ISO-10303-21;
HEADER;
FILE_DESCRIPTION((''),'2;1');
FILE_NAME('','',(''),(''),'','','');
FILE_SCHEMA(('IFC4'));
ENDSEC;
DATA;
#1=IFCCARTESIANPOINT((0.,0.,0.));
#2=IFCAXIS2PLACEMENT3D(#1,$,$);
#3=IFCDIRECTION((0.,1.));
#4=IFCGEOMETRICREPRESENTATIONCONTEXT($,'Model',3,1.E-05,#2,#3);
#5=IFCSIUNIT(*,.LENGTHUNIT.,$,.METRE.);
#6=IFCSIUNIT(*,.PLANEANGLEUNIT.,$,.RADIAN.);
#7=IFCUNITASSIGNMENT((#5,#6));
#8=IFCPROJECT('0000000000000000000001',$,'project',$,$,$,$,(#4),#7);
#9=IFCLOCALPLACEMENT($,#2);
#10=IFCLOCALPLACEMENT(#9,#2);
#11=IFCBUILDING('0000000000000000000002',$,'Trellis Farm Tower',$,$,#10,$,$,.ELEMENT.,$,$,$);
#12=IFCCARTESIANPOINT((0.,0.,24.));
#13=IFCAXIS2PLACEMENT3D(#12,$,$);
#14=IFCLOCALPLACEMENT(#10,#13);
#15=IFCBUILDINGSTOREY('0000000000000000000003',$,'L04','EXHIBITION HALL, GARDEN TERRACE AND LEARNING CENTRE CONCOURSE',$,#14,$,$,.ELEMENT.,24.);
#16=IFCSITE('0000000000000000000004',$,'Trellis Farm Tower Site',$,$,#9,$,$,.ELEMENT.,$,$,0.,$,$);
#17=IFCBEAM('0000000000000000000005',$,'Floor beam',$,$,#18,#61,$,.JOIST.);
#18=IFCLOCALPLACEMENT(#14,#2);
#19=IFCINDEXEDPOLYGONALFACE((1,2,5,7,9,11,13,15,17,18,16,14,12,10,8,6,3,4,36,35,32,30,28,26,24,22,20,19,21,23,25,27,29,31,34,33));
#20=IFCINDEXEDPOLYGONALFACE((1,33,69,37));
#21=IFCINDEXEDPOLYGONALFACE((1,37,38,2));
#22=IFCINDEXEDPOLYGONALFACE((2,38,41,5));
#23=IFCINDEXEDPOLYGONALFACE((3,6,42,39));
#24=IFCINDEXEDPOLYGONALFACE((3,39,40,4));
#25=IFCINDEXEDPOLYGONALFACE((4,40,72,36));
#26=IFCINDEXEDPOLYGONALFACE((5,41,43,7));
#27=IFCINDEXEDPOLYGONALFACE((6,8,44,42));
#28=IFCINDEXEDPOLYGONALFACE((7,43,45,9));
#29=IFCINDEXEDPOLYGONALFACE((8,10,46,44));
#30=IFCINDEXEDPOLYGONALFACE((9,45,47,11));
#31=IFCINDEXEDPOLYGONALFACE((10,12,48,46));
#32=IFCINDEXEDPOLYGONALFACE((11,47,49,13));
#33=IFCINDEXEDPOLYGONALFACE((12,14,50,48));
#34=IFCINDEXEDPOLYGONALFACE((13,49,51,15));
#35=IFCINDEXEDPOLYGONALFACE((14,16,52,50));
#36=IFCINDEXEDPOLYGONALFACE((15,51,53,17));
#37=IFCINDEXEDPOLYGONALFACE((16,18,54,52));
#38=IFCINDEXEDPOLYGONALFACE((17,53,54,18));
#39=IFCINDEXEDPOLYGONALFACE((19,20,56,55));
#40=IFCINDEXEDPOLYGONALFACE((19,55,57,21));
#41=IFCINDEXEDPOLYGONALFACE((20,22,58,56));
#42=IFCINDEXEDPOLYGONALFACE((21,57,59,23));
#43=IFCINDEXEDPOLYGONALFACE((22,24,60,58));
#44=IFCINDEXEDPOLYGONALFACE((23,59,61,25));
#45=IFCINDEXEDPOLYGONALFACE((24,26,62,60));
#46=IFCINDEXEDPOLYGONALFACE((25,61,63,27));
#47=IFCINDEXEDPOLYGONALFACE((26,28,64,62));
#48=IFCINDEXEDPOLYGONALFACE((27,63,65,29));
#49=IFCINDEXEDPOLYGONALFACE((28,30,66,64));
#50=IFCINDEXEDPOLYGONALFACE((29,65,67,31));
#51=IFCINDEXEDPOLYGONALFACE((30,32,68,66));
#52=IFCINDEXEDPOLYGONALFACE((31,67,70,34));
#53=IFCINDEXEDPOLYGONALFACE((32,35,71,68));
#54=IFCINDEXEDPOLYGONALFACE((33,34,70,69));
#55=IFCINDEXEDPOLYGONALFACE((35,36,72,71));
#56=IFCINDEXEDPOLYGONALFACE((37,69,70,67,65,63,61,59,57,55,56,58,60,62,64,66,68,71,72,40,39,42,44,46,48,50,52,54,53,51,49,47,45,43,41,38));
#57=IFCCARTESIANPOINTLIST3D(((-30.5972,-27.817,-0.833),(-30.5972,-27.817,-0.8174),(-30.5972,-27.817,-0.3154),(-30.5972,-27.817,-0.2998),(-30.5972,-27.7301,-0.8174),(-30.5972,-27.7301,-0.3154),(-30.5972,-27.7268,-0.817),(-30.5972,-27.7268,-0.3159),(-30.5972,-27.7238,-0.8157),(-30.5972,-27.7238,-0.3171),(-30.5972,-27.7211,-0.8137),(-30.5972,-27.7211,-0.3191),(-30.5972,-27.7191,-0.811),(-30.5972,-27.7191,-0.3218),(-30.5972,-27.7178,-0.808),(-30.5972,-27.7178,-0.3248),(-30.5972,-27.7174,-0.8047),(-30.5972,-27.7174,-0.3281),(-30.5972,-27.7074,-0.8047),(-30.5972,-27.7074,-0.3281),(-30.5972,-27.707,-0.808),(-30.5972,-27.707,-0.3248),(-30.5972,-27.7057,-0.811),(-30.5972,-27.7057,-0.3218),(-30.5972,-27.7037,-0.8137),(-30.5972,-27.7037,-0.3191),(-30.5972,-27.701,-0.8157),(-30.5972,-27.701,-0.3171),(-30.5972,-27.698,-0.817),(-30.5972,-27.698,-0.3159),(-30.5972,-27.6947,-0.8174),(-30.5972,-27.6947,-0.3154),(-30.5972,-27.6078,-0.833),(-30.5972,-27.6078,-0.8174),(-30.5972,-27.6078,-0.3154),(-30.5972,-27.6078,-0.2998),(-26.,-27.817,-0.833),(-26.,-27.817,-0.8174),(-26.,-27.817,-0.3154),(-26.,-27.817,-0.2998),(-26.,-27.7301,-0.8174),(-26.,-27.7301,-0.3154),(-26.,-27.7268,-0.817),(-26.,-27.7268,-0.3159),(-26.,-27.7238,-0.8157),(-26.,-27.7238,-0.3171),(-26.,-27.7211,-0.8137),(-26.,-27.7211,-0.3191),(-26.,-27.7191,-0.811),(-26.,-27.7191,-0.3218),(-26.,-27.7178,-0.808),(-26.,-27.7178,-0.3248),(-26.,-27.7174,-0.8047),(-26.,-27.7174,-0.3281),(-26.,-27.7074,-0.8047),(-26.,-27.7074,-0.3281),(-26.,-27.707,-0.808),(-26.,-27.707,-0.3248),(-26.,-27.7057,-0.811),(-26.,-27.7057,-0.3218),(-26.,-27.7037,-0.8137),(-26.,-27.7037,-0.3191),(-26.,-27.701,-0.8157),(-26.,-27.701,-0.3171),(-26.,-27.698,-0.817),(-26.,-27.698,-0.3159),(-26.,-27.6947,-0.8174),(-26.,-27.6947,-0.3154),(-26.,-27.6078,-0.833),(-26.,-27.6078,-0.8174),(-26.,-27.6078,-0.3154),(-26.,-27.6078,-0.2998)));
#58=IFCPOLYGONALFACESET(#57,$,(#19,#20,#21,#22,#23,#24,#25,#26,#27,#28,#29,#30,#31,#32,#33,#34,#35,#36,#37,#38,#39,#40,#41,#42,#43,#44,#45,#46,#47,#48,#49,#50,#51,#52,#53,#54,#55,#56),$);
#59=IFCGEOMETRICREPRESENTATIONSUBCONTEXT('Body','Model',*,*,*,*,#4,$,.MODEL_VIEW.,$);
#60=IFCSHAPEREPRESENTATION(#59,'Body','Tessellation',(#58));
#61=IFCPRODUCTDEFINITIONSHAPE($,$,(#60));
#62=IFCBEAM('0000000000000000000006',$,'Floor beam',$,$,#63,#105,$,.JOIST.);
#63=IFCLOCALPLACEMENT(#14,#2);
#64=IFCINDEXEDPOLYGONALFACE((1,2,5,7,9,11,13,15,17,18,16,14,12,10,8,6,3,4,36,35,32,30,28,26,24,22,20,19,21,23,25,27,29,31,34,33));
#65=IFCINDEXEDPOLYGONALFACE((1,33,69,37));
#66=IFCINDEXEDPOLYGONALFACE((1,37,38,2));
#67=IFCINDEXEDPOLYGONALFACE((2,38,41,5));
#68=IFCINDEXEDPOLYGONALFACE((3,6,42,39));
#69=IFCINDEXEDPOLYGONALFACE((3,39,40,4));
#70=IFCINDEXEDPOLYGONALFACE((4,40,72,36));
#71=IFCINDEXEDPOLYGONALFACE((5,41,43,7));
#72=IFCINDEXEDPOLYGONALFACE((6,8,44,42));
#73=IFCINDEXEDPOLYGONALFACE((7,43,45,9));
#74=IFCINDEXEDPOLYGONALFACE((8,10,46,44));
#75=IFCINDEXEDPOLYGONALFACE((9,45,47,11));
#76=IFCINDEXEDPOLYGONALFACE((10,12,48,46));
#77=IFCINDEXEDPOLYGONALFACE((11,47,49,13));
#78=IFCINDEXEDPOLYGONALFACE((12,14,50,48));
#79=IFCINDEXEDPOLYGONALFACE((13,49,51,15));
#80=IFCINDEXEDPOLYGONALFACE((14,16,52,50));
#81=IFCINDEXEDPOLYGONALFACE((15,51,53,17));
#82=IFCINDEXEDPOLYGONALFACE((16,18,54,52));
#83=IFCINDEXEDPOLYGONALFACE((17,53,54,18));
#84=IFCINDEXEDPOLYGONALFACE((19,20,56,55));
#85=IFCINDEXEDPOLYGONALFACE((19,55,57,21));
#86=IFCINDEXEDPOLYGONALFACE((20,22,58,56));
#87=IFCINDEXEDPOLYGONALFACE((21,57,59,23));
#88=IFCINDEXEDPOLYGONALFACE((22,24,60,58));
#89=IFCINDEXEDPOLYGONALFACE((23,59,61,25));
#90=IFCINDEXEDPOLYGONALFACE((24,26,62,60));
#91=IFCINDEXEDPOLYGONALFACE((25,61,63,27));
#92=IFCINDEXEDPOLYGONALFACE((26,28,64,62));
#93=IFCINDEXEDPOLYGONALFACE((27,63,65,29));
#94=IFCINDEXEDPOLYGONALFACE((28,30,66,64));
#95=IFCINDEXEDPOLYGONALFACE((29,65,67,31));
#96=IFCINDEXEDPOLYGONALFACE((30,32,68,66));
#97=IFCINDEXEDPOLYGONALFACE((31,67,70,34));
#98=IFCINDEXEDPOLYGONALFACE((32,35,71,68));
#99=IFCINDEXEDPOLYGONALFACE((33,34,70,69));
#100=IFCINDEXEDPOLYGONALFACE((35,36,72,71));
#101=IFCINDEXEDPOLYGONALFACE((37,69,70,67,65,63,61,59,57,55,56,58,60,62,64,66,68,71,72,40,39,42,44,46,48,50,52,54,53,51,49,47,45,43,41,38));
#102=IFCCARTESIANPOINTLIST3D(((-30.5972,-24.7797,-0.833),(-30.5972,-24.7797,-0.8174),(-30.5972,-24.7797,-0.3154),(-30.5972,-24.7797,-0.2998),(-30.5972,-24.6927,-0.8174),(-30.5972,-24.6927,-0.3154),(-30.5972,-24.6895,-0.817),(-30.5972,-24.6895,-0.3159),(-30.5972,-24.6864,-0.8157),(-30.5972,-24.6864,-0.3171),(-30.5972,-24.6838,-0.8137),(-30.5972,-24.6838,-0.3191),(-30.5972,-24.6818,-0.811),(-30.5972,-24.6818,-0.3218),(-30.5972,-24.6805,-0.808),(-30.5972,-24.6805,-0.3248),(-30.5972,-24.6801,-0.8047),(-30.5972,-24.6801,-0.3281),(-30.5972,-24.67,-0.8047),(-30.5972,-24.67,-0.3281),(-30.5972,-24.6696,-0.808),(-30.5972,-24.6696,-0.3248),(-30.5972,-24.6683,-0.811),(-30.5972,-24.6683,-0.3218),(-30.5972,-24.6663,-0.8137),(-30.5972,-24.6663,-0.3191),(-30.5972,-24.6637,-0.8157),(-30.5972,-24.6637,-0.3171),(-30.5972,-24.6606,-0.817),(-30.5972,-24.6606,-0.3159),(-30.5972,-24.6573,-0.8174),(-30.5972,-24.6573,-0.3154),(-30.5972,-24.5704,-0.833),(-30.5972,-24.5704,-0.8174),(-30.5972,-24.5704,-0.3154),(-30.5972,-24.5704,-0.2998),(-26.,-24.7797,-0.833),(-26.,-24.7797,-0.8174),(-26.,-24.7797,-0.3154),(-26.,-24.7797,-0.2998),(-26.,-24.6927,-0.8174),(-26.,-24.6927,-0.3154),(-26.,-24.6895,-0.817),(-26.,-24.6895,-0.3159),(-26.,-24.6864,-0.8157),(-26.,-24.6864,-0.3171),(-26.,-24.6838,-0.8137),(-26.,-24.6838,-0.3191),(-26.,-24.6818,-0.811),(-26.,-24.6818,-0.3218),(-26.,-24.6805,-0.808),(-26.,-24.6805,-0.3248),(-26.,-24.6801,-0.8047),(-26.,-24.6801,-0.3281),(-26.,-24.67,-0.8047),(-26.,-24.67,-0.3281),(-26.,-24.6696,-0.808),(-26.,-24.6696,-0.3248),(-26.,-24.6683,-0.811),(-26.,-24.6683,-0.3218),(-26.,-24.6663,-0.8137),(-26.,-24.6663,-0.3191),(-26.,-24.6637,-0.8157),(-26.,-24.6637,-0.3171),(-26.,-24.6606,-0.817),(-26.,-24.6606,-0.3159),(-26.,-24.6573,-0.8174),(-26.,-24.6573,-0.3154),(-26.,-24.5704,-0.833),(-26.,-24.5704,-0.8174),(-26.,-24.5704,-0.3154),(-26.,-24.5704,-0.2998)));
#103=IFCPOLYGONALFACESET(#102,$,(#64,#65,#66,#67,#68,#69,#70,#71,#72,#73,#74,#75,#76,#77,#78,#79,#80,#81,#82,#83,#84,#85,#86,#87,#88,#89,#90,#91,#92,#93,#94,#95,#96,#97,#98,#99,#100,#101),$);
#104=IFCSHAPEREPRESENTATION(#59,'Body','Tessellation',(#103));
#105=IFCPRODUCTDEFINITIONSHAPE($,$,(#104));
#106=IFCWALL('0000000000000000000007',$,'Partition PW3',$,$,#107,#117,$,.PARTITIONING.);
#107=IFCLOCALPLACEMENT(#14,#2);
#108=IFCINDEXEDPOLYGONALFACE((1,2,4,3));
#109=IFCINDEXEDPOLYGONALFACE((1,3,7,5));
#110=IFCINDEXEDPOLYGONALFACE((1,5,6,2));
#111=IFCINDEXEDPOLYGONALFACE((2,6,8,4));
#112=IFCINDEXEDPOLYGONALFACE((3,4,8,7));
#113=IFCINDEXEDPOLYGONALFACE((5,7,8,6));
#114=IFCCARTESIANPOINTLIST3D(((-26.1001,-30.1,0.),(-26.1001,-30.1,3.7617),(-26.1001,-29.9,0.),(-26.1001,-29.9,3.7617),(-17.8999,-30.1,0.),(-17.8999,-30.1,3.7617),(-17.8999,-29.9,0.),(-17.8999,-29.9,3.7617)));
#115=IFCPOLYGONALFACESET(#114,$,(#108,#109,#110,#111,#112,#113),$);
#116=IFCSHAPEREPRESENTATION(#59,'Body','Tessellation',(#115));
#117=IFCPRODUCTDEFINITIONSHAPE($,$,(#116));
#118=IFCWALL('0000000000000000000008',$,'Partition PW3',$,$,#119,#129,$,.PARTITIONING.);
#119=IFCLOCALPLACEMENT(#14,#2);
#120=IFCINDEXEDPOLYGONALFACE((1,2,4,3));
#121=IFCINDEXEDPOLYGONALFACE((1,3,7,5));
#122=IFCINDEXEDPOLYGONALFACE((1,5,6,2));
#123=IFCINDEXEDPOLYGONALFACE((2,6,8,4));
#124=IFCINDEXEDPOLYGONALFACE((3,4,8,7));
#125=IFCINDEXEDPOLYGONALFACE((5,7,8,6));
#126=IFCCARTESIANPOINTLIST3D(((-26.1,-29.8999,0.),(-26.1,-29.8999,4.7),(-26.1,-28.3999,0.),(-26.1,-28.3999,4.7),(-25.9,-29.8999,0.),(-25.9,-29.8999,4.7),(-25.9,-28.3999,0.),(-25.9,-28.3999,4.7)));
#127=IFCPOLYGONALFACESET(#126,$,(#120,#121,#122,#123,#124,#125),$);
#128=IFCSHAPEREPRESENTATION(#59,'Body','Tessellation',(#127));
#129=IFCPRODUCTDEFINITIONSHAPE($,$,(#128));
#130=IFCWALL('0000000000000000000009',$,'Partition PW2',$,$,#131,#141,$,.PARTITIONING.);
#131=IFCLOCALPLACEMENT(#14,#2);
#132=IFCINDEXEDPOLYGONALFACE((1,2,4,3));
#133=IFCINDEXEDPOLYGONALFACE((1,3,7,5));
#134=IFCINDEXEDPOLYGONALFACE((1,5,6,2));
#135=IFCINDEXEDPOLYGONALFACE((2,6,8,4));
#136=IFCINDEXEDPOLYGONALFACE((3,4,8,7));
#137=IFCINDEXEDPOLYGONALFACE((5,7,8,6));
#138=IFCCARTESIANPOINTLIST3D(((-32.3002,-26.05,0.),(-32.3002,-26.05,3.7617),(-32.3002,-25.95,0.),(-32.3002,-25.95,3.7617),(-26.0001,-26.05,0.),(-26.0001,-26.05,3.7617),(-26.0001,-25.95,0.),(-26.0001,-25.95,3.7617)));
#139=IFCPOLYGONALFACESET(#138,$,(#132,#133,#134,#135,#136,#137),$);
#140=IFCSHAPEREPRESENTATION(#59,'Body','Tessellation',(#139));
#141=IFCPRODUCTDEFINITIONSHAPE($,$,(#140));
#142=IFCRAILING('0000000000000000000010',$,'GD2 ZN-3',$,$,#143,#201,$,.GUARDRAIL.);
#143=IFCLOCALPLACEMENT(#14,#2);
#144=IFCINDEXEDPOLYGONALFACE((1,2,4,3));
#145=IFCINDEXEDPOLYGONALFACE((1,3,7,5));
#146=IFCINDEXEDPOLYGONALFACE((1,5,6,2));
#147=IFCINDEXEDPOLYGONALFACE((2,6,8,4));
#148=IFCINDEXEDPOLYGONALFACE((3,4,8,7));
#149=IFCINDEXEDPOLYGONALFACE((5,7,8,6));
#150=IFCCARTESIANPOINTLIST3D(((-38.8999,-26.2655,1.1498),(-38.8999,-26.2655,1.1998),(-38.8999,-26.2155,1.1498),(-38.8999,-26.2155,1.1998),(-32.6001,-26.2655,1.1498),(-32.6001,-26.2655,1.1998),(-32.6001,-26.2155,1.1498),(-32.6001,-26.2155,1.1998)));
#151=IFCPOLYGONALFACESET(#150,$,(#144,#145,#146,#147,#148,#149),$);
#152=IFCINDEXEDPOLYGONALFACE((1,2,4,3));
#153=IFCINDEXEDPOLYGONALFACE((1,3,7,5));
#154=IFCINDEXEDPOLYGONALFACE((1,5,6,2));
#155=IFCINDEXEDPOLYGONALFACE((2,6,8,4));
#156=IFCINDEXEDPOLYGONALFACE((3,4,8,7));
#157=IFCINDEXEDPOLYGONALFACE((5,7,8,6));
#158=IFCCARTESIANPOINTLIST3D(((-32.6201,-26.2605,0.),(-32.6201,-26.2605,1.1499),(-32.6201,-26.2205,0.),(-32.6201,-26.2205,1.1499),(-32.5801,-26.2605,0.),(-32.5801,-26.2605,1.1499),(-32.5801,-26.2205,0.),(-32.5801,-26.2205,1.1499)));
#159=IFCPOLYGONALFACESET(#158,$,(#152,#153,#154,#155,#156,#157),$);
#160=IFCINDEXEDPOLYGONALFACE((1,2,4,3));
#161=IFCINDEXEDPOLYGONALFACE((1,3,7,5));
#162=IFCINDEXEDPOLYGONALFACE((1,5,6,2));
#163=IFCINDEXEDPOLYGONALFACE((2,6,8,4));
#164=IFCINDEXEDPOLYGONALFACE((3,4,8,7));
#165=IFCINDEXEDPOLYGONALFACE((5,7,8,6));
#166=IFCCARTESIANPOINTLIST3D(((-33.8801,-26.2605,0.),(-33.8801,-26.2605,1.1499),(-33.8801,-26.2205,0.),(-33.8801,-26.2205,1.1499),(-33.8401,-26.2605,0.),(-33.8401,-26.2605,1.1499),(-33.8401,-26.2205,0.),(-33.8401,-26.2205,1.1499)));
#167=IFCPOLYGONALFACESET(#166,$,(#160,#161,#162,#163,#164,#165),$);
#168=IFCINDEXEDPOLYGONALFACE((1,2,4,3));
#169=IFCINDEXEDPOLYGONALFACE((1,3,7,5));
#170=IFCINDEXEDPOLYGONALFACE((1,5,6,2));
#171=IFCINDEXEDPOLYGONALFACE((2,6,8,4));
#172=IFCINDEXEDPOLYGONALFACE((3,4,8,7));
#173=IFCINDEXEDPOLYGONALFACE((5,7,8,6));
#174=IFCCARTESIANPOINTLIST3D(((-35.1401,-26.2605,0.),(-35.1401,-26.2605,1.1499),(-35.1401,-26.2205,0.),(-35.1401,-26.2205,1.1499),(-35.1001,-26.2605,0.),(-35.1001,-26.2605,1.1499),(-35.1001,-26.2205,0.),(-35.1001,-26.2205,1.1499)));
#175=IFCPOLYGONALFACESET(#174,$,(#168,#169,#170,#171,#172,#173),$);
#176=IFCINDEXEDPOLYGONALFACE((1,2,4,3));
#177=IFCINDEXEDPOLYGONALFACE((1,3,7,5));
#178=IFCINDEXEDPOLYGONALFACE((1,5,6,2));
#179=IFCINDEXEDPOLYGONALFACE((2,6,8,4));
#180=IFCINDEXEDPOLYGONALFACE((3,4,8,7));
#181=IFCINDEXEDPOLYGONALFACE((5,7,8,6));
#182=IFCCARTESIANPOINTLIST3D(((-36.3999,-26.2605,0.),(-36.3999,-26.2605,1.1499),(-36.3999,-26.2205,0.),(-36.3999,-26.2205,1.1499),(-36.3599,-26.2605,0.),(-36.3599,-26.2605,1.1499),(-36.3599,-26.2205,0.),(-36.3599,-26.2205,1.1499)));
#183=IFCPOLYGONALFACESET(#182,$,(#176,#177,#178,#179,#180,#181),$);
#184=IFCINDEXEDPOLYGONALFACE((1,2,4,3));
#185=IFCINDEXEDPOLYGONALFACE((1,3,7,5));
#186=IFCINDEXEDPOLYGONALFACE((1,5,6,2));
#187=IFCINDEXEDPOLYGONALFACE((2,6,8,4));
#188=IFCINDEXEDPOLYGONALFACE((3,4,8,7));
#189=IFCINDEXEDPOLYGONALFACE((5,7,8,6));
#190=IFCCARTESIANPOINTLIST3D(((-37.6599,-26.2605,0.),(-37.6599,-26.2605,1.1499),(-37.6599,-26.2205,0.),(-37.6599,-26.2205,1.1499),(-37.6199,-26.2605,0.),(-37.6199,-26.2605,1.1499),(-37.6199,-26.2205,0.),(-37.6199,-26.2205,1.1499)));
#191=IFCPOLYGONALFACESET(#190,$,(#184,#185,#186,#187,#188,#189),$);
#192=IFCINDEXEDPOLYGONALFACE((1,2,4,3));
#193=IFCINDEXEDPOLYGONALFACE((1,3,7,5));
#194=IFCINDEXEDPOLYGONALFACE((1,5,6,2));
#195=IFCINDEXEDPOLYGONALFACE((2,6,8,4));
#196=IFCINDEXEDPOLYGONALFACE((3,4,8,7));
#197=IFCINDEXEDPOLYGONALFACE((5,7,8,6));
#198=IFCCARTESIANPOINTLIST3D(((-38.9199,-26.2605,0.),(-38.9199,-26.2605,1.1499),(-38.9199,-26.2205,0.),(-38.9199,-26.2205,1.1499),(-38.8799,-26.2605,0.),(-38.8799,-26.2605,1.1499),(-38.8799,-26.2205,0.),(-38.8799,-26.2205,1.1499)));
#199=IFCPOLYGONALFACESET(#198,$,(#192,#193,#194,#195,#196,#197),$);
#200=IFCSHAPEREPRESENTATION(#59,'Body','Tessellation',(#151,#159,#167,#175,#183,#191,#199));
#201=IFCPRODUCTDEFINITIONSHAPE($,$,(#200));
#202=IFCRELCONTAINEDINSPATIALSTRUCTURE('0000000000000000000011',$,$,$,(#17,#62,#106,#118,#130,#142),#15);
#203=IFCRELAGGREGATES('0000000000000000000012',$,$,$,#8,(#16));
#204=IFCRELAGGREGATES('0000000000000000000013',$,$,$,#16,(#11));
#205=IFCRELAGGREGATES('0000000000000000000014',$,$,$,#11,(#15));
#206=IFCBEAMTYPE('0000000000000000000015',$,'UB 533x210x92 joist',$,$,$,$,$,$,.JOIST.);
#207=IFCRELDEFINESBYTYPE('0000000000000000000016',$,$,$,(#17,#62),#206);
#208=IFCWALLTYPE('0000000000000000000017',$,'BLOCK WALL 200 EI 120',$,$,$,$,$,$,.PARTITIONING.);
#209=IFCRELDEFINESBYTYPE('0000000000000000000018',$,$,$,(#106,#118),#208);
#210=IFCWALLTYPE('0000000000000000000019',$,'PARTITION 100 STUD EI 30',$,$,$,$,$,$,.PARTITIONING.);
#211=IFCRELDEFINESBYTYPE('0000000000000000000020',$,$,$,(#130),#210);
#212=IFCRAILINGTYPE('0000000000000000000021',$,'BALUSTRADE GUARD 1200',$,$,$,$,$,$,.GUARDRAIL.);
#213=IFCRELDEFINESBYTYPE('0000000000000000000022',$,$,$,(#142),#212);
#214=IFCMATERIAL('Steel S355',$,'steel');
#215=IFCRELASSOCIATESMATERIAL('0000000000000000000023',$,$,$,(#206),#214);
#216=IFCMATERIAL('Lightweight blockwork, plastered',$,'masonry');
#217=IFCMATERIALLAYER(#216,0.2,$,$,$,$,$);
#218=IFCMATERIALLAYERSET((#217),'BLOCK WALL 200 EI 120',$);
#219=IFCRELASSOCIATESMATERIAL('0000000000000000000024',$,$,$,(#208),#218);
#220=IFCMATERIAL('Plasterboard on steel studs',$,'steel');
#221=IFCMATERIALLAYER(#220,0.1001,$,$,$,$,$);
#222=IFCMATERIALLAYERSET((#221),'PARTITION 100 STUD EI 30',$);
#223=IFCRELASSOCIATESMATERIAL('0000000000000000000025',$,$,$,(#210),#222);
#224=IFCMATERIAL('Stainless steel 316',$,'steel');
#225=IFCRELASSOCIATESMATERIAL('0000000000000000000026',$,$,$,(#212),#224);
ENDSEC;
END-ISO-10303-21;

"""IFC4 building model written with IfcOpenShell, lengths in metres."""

from ifc_helpers import new_model, si_unit, direction, frame, frame_2d, origin, origin_2d, place, context, subcontext, project, spatial, rectangle, i_section, extrude, source, transform, mapped, material, layer, layer_set, material_profile, profile_set, type_object, element, save


model = new_model("IFC4")

# Units and contexts
model_context = context("Model", 3, precision=1e-05, world=origin(), true_north=direction((0.0, 1.0)))
body_context = subcontext(model_context, "Body", "Model", "MODEL_VIEW")
ifc_project = project(units=[si_unit("LENGTHUNIT", "METRE"), si_unit("PLANEANGLEUNIT", "RADIAN")], contexts=[model_context])

# Site, building, storey
site_placement = place(None, origin())
site = spatial("IfcSite", under=ifc_project, at=site_placement, Name="Trellis Farm Tower Site", CompositionType="ELEMENT", RefElevation=0.0)
building_placement = place(site_placement, origin())
building = spatial("IfcBuilding", under=site, at=building_placement, Name="Trellis Farm Tower", CompositionType="ELEMENT")
storey_placement = place(building_placement, frame((0.0, 0.0, 24.0)))
storey = spatial("IfcBuildingStorey", under=building, at=storey_placement, Name="L04", Description="EXHIBITION HALL, GARDEN TERRACE AND LEARNING CENTRE CONCOURSE", CompositionType="ELEMENT", Elevation=24.0)

# Beams
ifc_material_1 = material(Name="Steel S355", Category="steel")
ifc_material_profile_1 = material_profile(ifc_material_1, i_section(OverallWidth=0.2092, OverallDepth=0.5332, WebThickness=0.01, FlangeThickness=0.0156, FilletRadius=0.0127, at=origin_2d()), Name="UB 533x210x92")
ifc_profile_set_1 = profile_set([ifc_material_profile_1], Name="Steel S355")
beam_type_1 = type_object("IfcBeamType", Name="UB 533x210x92 joist", PredefinedType="JOIST", material=ifc_profile_set_1)
shared_shape_1 = source(origin(), body_context, "Body", "SweptSolid", [
    extrude(i_section(OverallWidth=0.2092, OverallDepth=0.5332, WebThickness=0.01, FlangeThickness=0.0156, FilletRadius=0.0127, at=origin_2d()), origin(), (0.0, 0.0, 1.0), 4.5972),
])
for number, where, z_axis, x_axis, name in (
    (1, (-30.5972, -27.7124, -0.5664), (1.0, 0.0, 0.0), (0.0, 1.0, 0.0), "Floor beam"),
    (2, (-30.5972, -24.675, -0.5664), (1.0, 0.0, 0.0), (0.0, 1.0, 0.0), "Floor beam"),
):
    element("IfcBeam", number, at=place(storey_placement, frame(where, z_axis=z_axis, x_axis=x_axis)), inside=storey, type_object=beam_type_1, Name=name, PredefinedType="JOIST", context=body_context, shape_type="MappedRepresentation", body=[
        mapped(shared_shape_1, transform((0.0, 0.0, 0.0))),
    ])

# Walls
ifc_material_2 = material(Name="Lightweight blockwork, plastered", Category="masonry")
ifc_layer_1 = layer(ifc_material_2, 0.2)
ifc_layer_set_1 = layer_set([ifc_layer_1], Name="BLOCK WALL 200 EI 120")
wall_type_1 = type_object("IfcWallType", Name="BLOCK WALL 200 EI 120", PredefinedType="PARTITIONING", material=ifc_layer_set_1)
shared_shape_2 = source(origin(), body_context, "Body", "SweptSolid", [
    extrude(rectangle(XDim=8.2002, YDim=0.2, at=frame_2d((4.1001, 0.0))), origin(), (0.0, 0.0, 1.0), 3.7617),
])
wall_1_placement = place(storey_placement, frame((-26.1001, -30.0, 0.0), z_axis=(0.0, 0.0, 1.0), x_axis=(1.0, 0.0, 0.0)))
element("IfcWall", 3, at=wall_1_placement, inside=storey, type_object=wall_type_1, Name="Partition PW3", PredefinedType="PARTITIONING", context=body_context, shape_type="MappedRepresentation", body=[
    mapped(shared_shape_2, transform((0.0, 0.0, 0.0))),
])
shared_shape_3 = source(origin(), body_context, "Body", "SweptSolid", [
    extrude(rectangle(XDim=1.5, YDim=0.2, at=frame_2d((0.75, 0.0))), origin(), (0.0, 0.0, 1.0), 4.7),
])
wall_2_placement = place(storey_placement, frame((-26.0, -29.8999, 0.0), z_axis=(0.0, 0.0, 1.0), x_axis=(0.0, 1.0, 0.0)))
element("IfcWall", 4, at=wall_2_placement, inside=storey, type_object=wall_type_1, Name="Partition PW3", PredefinedType="PARTITIONING", context=body_context, shape_type="MappedRepresentation", body=[
    mapped(shared_shape_3, transform((0.0, 0.0, 0.0))),
])
ifc_material_3 = material(Name="Plasterboard on steel studs", Category="steel")
ifc_layer_2 = layer(ifc_material_3, 0.1001)
ifc_layer_set_2 = layer_set([ifc_layer_2], Name="PARTITION 100 STUD EI 30")
wall_type_2 = type_object("IfcWallType", Name="PARTITION 100 STUD EI 30", PredefinedType="PARTITIONING", material=ifc_layer_set_2)
shared_shape_4 = source(origin(), body_context, "Body", "SweptSolid", [
    extrude(rectangle(XDim=6.3, YDim=0.1001, at=frame_2d((3.1499, 0.0))), origin(), (0.0, 0.0, 1.0), 3.7617),
])
wall_3_placement = place(storey_placement, frame((-32.3, -26.0, 0.0), z_axis=(0.0, 0.0, 1.0), x_axis=(1.0, 0.0, 0.0)))
element("IfcWall", 5, at=wall_3_placement, inside=storey, type_object=wall_type_2, Name="Partition PW2", PredefinedType="PARTITIONING", context=body_context, shape_type="MappedRepresentation", body=[
    mapped(shared_shape_4, transform((0.0, 0.0, 0.0))),
])

# Railing
ifc_material_4 = material(Name="Stainless steel 316", Category="steel")
railing_type = type_object("IfcRailingType", Name="BALUSTRADE GUARD 1200", PredefinedType="GUARDRAIL", material=ifc_material_4)
shared_shape_5 = source(origin(), body_context, "Body", "SweptSolid", [
    extrude(rectangle(XDim=0.05, YDim=0.05, at=origin_2d()), frame((0.0, 0.0, 1.1748), z_axis=(-1.0, 0.0, 0.0), x_axis=(0.0, -1.0, 0.0)), (0.0, 0.0, 1.0), 6.2998),
    extrude(rectangle(XDim=0.04, YDim=0.04, at=origin_2d()), origin(), (0.0, 0.0, 1.0), 1.1499),
    extrude(rectangle(XDim=0.04, YDim=0.04, at=origin_2d()), frame((-1.26, 0.0, 0.0)), (0.0, 0.0, 1.0), 1.1499),
    extrude(rectangle(XDim=0.04, YDim=0.04, at=origin_2d()), frame((-2.52, 0.0, 0.0)), (0.0, 0.0, 1.0), 1.1499),
    extrude(rectangle(XDim=0.04, YDim=0.04, at=origin_2d()), frame((-3.7798, 0.0, 0.0)), (0.0, 0.0, 1.0), 1.1499),
    extrude(rectangle(XDim=0.04, YDim=0.04, at=origin_2d()), frame((-5.0398, 0.0, 0.0)), (0.0, 0.0, 1.0), 1.1499),
    extrude(rectangle(XDim=0.04, YDim=0.04, at=origin_2d()), frame((-6.2998, 0.0, 0.0)), (0.0, 0.0, 1.0), 1.1499),
])
railing_placement = place(storey_placement, frame((-32.6001, -26.2405, 0.0)))
element("IfcRailing", 6, at=railing_placement, inside=storey, type_object=railing_type, Name="GD2 ZN-3", PredefinedType="GUARDRAIL", context=body_context, shape_type="MappedRepresentation", body=[
    mapped(shared_shape_5, transform((0.0, 0.0, 0.0))),
])

save(model, "model.ifc")
